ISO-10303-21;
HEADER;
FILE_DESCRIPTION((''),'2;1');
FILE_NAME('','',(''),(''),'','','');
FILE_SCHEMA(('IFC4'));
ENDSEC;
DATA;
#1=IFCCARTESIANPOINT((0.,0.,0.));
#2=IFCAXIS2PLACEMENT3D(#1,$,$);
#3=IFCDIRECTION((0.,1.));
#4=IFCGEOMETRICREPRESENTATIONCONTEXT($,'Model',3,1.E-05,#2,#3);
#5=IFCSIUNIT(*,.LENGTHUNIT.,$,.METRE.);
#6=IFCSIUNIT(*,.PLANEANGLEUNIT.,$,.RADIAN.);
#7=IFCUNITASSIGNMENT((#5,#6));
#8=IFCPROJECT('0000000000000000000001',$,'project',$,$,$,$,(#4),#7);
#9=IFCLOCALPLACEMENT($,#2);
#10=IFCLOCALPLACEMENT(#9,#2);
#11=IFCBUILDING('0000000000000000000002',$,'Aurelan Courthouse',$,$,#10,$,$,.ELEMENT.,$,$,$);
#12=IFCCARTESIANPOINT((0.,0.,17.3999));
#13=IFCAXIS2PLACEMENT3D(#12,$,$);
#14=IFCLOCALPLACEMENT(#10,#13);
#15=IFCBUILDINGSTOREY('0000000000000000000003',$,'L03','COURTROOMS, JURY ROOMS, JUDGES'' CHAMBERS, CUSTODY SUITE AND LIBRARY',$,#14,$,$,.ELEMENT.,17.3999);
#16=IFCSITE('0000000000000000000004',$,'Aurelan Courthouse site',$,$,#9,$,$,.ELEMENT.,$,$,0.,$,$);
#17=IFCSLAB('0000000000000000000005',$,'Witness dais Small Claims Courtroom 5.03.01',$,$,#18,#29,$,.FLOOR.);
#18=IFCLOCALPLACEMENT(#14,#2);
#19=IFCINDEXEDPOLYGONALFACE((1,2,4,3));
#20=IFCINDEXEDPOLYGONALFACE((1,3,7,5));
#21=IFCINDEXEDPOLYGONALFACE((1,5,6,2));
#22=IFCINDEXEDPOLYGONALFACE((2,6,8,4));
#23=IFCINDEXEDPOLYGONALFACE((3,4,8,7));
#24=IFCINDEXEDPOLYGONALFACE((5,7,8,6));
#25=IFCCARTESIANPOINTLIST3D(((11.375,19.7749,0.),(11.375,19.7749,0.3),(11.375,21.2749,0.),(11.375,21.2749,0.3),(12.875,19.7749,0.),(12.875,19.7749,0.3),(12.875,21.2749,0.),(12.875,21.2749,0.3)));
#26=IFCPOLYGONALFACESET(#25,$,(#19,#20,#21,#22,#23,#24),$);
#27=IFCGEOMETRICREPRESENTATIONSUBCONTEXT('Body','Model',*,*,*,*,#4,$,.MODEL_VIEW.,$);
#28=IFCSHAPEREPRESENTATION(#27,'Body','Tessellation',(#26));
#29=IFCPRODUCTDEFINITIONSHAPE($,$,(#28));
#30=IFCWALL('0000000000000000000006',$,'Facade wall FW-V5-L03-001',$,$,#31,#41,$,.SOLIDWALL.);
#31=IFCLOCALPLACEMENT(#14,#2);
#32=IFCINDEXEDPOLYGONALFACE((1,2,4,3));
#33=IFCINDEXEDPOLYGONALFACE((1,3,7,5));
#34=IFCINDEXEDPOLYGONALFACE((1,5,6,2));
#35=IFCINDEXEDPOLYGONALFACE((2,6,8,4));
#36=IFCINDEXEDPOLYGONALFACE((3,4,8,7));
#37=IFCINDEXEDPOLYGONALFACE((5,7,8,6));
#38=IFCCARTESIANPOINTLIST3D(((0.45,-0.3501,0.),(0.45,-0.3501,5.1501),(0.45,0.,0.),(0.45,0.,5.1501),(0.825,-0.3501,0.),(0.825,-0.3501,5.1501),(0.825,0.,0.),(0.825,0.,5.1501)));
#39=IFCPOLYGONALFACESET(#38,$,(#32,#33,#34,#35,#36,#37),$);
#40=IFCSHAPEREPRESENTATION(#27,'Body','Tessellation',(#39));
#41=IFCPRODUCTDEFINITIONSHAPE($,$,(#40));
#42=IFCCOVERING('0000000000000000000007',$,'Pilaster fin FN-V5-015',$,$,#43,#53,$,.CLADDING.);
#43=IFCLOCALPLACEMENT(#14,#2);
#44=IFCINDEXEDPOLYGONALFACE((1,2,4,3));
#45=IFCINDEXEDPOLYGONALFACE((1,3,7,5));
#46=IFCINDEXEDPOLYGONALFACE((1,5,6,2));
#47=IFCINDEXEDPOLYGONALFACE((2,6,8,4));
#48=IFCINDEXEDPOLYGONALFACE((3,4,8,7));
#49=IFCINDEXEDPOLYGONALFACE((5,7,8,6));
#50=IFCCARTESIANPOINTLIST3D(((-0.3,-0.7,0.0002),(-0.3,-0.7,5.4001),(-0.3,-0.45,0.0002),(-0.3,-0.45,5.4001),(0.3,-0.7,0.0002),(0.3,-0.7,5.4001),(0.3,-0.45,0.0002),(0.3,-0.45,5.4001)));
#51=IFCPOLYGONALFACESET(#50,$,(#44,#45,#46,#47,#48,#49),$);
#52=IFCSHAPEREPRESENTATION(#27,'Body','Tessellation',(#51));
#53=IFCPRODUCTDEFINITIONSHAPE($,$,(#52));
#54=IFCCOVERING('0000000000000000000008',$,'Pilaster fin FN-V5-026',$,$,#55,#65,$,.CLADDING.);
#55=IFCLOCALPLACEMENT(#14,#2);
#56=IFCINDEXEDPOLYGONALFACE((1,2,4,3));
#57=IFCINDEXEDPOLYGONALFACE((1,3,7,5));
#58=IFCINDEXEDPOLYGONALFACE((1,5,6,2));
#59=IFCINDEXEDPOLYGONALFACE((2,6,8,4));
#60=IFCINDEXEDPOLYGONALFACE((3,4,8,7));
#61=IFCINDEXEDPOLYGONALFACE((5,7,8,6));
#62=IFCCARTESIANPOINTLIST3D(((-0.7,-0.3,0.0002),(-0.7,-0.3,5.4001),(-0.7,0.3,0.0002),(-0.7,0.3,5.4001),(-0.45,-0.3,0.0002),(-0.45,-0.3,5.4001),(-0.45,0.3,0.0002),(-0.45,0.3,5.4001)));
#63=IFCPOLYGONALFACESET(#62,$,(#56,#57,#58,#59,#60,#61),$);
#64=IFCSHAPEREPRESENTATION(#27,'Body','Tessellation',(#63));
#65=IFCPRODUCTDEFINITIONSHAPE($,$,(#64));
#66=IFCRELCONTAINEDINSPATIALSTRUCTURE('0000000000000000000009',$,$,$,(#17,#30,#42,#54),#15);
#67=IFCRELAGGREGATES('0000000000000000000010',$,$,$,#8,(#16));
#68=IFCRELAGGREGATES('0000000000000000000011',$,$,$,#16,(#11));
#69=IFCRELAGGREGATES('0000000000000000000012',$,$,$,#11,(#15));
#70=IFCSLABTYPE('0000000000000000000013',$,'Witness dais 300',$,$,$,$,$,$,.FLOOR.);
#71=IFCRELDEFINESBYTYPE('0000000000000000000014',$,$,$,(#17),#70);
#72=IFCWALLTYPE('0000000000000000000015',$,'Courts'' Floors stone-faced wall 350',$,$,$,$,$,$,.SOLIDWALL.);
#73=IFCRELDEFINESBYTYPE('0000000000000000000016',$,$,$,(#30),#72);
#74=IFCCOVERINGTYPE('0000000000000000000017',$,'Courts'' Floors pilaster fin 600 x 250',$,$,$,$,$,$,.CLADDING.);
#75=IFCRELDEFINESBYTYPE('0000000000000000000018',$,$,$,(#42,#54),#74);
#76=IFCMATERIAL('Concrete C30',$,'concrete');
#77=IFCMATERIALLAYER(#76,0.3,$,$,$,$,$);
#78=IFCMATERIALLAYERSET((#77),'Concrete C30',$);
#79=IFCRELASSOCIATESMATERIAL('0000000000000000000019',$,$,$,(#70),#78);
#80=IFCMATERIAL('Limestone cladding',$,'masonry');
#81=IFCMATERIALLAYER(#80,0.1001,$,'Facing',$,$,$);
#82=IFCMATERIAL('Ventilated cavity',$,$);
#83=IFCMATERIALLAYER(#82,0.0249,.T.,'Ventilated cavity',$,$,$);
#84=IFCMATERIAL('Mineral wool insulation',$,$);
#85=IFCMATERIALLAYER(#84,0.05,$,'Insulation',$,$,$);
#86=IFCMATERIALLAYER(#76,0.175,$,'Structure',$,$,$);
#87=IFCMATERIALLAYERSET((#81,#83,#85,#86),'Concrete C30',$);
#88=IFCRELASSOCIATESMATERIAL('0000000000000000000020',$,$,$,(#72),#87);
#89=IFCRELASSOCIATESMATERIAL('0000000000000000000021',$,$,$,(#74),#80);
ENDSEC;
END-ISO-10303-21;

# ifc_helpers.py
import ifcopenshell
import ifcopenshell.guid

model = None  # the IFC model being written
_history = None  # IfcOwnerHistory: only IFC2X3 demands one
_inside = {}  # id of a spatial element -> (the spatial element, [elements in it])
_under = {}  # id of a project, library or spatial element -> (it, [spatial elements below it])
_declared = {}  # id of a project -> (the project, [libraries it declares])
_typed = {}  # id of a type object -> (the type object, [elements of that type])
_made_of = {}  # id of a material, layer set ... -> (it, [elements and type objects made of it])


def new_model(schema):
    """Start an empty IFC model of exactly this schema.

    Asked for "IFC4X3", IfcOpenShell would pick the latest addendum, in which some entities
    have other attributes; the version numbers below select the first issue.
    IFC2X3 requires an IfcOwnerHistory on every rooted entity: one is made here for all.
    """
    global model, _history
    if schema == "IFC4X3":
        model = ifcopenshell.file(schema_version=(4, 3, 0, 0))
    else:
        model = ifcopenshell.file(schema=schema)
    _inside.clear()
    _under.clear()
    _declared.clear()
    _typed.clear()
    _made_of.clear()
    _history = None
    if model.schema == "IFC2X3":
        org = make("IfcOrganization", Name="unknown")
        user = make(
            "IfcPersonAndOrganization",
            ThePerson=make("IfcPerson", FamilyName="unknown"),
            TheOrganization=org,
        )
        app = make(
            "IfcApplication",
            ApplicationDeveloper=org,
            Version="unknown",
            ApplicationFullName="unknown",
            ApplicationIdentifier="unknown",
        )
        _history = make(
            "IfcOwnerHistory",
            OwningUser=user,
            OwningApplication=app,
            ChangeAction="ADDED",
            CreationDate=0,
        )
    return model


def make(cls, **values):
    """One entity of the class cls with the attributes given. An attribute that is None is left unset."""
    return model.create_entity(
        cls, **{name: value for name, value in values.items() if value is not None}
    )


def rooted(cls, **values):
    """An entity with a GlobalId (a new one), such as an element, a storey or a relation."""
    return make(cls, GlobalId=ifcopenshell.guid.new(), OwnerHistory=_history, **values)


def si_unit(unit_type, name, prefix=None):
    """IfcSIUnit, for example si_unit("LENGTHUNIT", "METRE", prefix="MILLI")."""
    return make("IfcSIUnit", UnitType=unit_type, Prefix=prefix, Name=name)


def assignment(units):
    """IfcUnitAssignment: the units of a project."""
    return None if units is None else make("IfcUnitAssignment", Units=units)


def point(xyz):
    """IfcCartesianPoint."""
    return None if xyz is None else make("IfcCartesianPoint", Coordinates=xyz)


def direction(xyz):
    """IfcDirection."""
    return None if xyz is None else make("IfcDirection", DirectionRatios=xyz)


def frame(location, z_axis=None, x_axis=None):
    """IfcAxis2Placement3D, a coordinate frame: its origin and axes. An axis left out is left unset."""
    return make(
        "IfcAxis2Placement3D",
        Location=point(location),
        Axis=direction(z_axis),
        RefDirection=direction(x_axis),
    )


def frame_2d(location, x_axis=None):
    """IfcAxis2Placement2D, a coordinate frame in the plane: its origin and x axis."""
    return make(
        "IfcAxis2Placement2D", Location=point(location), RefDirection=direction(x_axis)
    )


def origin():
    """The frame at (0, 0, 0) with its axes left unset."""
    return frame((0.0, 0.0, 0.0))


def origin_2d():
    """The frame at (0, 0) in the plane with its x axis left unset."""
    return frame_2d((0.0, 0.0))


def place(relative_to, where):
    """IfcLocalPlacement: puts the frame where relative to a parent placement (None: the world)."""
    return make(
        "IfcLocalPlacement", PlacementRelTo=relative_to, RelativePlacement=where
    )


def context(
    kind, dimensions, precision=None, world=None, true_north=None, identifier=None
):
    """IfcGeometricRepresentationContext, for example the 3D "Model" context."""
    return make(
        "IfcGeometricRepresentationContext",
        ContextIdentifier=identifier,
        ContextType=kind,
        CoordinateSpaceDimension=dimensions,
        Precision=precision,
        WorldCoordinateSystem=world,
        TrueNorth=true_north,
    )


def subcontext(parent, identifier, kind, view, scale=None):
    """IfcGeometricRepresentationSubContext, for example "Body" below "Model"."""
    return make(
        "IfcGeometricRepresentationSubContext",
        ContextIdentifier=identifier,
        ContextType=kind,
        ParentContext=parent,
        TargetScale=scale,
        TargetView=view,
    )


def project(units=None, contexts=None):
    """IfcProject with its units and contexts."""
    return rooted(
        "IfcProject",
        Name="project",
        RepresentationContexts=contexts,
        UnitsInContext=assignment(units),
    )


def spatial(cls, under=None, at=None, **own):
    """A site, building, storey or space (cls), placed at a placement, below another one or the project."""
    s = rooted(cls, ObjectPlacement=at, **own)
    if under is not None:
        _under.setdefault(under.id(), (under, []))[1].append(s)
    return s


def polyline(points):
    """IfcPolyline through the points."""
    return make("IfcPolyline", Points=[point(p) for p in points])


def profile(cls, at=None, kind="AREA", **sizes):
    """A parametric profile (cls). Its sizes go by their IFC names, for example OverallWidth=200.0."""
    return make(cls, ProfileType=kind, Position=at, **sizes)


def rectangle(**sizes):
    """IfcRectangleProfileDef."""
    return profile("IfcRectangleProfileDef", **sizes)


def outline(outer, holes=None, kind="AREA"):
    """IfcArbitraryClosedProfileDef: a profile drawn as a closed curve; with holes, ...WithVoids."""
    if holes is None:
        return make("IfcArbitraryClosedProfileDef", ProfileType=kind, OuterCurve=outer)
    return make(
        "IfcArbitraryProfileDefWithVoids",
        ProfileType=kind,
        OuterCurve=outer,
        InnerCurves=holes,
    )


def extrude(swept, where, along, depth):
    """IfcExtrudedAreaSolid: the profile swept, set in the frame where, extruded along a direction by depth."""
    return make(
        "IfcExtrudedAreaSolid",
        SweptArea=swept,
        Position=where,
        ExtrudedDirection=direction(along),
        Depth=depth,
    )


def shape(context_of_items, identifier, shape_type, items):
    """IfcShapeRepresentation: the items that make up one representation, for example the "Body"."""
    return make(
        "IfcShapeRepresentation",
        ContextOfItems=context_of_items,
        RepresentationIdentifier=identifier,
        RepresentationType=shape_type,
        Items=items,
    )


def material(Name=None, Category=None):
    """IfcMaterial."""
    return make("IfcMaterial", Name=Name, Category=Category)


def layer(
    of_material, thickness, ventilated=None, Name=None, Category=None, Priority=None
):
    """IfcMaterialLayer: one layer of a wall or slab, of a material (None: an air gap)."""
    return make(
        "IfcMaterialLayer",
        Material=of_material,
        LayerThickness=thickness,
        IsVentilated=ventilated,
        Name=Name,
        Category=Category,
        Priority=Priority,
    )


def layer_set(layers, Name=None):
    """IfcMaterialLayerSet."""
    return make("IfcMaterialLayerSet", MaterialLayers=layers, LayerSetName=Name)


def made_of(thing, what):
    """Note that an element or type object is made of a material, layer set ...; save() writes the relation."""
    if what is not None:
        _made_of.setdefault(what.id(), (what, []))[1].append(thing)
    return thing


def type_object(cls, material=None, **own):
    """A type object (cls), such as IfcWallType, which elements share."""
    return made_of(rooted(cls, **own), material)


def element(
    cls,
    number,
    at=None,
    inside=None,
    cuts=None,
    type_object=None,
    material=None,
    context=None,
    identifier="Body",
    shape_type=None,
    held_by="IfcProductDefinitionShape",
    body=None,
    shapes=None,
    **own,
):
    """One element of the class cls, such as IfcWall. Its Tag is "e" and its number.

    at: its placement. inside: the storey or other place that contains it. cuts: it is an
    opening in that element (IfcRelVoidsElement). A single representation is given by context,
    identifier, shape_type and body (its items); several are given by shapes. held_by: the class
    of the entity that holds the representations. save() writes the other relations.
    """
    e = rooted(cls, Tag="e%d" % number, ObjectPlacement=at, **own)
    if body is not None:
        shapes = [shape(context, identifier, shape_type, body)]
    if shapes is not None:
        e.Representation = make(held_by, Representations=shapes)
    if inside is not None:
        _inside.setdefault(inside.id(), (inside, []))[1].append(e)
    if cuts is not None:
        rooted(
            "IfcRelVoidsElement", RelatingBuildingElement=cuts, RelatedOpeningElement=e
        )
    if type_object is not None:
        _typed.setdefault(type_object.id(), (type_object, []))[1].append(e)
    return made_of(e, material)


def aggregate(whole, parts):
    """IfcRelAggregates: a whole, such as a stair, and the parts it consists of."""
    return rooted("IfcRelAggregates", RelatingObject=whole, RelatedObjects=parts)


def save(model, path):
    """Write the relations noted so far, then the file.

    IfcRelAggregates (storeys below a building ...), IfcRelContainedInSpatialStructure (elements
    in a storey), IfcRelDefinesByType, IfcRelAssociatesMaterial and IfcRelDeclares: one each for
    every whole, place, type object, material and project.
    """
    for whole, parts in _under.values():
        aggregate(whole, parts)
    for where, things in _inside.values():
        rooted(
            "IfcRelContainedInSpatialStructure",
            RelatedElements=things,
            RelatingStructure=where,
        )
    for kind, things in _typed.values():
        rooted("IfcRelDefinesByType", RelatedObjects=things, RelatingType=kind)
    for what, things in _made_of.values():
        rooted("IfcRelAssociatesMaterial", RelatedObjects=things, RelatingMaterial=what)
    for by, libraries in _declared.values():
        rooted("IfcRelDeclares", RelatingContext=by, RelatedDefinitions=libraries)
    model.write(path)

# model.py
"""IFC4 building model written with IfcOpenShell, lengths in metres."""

from ifc_helpers import new_model, si_unit, direction, frame, frame_2d, origin, origin_2d, place, context, subcontext, project, spatial, polyline, rectangle, outline, extrude, material, layer, layer_set, type_object, element, save


model = new_model("IFC4")

# Units and contexts
model_context = context("Model", 3, precision=1e-05, world=origin(), true_north=direction((0.0, 1.0)))
body_context = subcontext(model_context, "Body", "Model", "MODEL_VIEW")
ifc_project = project(units=[si_unit("LENGTHUNIT", "METRE"), si_unit("PLANEANGLEUNIT", "RADIAN")], contexts=[model_context])

# Site, building, storey
site_placement = place(None, origin())
site = spatial("IfcSite", under=ifc_project, at=site_placement, Name="Aurelan Courthouse site", CompositionType="ELEMENT", RefElevation=0.0)
building_placement = place(site_placement, origin())
building = spatial("IfcBuilding", under=site, at=building_placement, Name="Aurelan Courthouse", CompositionType="ELEMENT")
storey_placement = place(building_placement, frame((0.0, 0.0, 17.3999)))
storey = spatial("IfcBuildingStorey", under=building, at=storey_placement, Name="L03", Description="COURTROOMS, JURY ROOMS, JUDGES' CHAMBERS, CUSTODY SUITE AND LIBRARY", CompositionType="ELEMENT", Elevation=17.3999)

# Shared definitions
ifc_material_1 = material(Name="Concrete C30", Category="concrete")

# Slab
ifc_layer_1 = layer(ifc_material_1, 0.3)
ifc_layer_set_1 = layer_set([ifc_layer_1], Name="Concrete C30")
slab_type_1 = type_object("IfcSlabType", Name="Witness dais 300", PredefinedType="FLOOR", material=ifc_layer_set_1)
slab_1_placement = place(storey_placement, origin())
element("IfcSlab", 1, at=slab_1_placement, inside=storey, type_object=slab_type_1, Name="Witness dais Small Claims Courtroom 5.03.01", PredefinedType="FLOOR", context=body_context, shape_type="SweptSolid", body=[
    extrude(outline(polyline([(11.375, 19.7749), (12.875, 19.7749), (12.875, 21.2749), (11.375, 21.2749), (11.375, 19.7749)])), origin(), (0.0, 0.0, 1.0), 0.3),
])

# Wall
ifc_material_2 = material(Name="Limestone cladding", Category="masonry")
ifc_layer_2 = layer(ifc_material_2, 0.1001, Name="Facing")
ifc_material_3 = material(Name="Ventilated cavity")
ifc_layer_3 = layer(ifc_material_3, 0.0249, ventilated=True, Name="Ventilated cavity")
ifc_material_4 = material(Name="Mineral wool insulation")
ifc_layer_4 = layer(ifc_material_4, 0.05, Name="Insulation")
ifc_layer_5 = layer(ifc_material_1, 0.175, Name="Structure")
ifc_layer_set_2 = layer_set([ifc_layer_2, ifc_layer_3, ifc_layer_4, ifc_layer_5], Name="Concrete C30")
wall_type = type_object("IfcWallType", Name="Courts' Floors stone-faced wall 350", PredefinedType="SOLIDWALL", material=ifc_layer_set_2)
wall_placement = place(storey_placement, frame((0.45, -0.175, 0.0), z_axis=(0.0, 0.0, 1.0), x_axis=(1.0, 0.0, 0.0)))
element("IfcWall", 2, at=wall_placement, inside=storey, type_object=wall_type, Name="Facade wall FW-V5-L03-001", PredefinedType="SOLIDWALL", context=body_context, shape_type="SweptSolid", body=[
    extrude(rectangle(XDim=0.375, YDim=0.3501, at=frame_2d((0.1875, 0.0))), origin(), (0.0, 0.0, 1.0), 5.1501),
])

# Coverings
covering_type = type_object("IfcCoveringType", Name="Courts' Floors pilaster fin 600 x 250", PredefinedType="CLADDING", material=ifc_material_2)
covering_1_placement = place(storey_placement, frame((0.0, -0.575, 0.0002), z_axis=(0.0, 0.0, 1.0), x_axis=(1.0, 0.0, 0.0)))
element("IfcCovering", 3, at=covering_1_placement, inside=storey, type_object=covering_type, Name="Pilaster fin FN-V5-015", PredefinedType="CLADDING", context=body_context, shape_type="SweptSolid", body=[
    extrude(rectangle(XDim=0.6001, YDim=0.25, at=origin_2d()), origin(), (0.0, 0.0, 1.0), 5.3999),
])
covering_2_placement = place(storey_placement, frame((-0.575, 0.0, 0.0002), z_axis=(0.0, 0.0, 1.0), x_axis=(1.0, 0.0, 0.0)))
element("IfcCovering", 4, at=covering_2_placement, inside=storey, type_object=covering_type, Name="Pilaster fin FN-V5-026", PredefinedType="CLADDING", context=body_context, shape_type="SweptSolid", body=[
    extrude(rectangle(XDim=0.25, YDim=0.6001, at=origin_2d()), origin(), (0.0, 0.0, 1.0), 5.3999),
])

save(model, "model.ifc")
